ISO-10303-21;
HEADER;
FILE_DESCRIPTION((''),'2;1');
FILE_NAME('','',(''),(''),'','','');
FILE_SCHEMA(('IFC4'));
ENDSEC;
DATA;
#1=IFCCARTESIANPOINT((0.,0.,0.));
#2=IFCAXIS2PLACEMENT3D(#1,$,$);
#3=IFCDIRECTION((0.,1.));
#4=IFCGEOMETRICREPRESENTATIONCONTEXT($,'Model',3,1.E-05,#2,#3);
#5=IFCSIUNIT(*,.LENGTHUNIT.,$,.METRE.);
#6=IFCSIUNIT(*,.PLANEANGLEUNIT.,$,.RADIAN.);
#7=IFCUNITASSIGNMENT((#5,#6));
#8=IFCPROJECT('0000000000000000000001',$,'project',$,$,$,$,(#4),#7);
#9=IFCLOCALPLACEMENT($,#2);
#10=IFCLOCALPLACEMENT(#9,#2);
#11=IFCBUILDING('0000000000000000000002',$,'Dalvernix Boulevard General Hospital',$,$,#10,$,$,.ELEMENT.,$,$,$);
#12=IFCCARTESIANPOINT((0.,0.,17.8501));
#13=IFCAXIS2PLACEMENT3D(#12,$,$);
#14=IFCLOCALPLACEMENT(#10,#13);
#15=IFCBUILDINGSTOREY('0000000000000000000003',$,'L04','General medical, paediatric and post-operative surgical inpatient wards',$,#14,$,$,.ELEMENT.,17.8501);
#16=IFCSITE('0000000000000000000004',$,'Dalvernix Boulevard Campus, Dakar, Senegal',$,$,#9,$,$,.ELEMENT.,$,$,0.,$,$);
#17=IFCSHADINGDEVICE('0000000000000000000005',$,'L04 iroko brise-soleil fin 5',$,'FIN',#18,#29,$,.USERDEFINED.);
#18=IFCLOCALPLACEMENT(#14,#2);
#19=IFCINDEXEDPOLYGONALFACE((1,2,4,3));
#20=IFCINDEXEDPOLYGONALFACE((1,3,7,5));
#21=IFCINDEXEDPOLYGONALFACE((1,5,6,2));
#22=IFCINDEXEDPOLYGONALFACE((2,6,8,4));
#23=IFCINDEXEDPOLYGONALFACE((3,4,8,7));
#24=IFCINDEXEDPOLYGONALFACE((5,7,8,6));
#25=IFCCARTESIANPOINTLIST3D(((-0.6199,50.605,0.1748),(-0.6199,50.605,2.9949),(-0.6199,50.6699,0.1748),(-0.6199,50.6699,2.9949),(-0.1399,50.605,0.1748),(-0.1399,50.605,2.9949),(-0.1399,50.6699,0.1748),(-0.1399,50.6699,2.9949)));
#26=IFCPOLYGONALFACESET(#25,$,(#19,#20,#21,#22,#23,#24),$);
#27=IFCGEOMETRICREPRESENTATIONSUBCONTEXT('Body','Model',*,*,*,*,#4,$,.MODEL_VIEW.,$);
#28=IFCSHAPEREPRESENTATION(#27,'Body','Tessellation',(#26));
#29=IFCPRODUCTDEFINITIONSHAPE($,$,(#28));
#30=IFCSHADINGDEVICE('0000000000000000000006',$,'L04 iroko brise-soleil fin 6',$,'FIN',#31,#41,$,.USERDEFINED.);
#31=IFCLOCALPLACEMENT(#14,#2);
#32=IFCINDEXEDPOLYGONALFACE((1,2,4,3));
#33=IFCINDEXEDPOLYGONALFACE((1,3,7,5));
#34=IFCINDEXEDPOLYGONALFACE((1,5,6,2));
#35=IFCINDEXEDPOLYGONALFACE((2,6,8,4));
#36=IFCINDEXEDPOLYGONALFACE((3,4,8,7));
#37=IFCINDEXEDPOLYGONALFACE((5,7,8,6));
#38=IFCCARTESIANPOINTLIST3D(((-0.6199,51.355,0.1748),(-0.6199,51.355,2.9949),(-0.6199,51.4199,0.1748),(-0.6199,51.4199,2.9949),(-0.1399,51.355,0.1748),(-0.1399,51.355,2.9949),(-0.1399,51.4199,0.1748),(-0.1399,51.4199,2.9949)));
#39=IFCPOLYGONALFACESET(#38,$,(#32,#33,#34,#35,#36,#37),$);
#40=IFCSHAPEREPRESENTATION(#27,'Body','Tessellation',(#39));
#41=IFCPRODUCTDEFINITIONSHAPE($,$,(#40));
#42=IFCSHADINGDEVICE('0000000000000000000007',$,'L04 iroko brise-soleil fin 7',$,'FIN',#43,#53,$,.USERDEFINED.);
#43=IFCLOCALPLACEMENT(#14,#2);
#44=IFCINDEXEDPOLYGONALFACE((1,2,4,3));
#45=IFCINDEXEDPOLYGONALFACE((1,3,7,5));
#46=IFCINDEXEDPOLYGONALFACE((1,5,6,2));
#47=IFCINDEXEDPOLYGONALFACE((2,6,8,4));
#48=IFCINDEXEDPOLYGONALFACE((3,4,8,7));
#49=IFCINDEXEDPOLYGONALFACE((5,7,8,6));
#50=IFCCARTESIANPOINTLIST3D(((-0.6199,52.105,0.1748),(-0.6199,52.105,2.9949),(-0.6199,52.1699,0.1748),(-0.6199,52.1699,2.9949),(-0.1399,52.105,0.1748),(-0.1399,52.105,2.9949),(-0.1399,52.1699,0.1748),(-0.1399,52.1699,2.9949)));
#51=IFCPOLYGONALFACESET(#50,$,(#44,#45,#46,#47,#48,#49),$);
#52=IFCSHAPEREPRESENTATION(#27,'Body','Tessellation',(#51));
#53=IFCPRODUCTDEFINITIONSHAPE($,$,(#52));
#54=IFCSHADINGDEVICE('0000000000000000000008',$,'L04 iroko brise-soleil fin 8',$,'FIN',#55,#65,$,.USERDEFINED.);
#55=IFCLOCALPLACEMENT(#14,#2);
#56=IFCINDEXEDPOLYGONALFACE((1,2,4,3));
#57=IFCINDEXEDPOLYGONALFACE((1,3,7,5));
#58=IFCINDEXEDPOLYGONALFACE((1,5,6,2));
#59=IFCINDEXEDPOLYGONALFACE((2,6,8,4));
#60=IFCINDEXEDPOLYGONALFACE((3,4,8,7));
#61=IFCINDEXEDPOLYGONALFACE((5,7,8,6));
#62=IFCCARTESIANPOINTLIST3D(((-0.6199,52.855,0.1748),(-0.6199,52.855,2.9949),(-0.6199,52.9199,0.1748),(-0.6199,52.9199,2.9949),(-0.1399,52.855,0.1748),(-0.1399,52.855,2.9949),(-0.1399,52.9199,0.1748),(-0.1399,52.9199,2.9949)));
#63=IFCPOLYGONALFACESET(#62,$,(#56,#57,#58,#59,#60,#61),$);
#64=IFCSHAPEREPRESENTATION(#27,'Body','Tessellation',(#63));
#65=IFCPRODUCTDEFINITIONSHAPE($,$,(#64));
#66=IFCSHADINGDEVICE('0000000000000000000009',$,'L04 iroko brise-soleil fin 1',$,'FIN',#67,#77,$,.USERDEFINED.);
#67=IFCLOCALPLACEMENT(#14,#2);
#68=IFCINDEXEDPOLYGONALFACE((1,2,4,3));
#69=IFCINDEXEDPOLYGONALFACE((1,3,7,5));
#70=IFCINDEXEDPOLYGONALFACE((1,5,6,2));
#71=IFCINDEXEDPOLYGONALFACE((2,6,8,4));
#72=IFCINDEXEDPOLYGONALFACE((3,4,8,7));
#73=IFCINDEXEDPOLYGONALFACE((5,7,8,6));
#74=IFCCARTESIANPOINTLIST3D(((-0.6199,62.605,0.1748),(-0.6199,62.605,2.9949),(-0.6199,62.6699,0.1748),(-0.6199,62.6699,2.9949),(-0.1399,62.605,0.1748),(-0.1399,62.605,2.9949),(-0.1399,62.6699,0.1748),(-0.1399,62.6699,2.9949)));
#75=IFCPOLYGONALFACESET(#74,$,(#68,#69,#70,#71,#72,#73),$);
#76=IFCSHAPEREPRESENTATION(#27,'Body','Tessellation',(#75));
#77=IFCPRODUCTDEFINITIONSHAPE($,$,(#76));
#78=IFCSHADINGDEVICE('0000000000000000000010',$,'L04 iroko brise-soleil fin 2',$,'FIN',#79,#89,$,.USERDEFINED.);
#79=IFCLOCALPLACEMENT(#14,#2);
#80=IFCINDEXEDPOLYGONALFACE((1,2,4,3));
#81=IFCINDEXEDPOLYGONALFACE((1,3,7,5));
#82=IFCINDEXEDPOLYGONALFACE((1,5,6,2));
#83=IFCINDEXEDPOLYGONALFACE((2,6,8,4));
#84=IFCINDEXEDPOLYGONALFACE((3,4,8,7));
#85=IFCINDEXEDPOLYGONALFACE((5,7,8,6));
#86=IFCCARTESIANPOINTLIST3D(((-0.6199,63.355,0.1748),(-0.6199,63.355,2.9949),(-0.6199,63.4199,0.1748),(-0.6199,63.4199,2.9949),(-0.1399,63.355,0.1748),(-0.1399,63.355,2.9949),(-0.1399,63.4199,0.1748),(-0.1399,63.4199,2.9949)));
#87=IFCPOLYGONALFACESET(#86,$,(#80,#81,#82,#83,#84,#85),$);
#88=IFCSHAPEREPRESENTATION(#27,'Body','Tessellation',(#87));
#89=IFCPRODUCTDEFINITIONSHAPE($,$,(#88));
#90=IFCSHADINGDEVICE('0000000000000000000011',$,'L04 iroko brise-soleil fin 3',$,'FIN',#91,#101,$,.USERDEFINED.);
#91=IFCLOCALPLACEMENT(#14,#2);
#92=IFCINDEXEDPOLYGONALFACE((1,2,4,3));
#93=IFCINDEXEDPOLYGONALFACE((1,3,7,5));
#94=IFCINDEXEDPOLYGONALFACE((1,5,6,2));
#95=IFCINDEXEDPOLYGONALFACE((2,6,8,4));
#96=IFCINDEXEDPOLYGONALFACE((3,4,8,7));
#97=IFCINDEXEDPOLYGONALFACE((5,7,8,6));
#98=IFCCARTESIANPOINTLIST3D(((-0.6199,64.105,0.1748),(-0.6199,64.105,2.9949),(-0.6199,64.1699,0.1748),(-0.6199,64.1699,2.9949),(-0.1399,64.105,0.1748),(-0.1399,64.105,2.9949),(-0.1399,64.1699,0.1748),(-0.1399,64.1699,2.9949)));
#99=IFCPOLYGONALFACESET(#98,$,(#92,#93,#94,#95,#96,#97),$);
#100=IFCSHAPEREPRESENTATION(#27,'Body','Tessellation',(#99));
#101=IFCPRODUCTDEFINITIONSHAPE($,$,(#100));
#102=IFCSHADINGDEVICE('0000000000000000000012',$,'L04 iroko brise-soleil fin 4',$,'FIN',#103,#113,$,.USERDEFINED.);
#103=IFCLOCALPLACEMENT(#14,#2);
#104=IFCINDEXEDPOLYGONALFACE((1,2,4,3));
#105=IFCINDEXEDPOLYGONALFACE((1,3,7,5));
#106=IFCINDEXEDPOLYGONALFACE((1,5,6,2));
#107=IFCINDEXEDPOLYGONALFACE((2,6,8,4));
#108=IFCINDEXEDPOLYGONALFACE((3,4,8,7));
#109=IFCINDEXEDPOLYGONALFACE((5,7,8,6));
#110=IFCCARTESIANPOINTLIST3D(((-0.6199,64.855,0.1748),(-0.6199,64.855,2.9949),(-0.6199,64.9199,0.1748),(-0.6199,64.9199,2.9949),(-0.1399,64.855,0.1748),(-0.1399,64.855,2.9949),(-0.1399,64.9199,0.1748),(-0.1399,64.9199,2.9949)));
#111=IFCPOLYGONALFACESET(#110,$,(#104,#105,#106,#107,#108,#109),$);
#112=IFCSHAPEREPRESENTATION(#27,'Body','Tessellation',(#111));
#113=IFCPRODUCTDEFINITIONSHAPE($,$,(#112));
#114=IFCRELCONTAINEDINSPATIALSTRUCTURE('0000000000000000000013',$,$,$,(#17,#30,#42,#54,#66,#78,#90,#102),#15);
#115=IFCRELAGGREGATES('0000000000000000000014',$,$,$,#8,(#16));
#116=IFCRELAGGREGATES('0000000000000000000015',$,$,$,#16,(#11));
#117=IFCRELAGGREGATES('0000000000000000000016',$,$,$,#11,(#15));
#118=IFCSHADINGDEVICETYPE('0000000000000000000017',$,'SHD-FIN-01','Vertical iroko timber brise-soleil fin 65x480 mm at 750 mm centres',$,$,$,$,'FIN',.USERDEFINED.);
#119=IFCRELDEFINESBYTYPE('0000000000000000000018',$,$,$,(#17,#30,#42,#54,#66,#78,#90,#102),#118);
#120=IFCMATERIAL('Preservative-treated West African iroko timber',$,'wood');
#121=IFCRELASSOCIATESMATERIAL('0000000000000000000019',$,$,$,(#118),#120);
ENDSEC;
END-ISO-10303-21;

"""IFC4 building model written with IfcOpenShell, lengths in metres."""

from ifc_helpers import new_model, si_unit, direction, frame, origin, origin_2d, place, context, subcontext, project, spatial, rectangle, extrude, material, type_object, element, save


model = new_model("IFC4")

# Units and contexts
model_context = context("Model", 3, precision=1e-05, world=origin(), true_north=direction((0.0, 1.0)))
body_context = subcontext(model_context, "Body", "Model", "MODEL_VIEW")
ifc_project = project(units=[si_unit("LENGTHUNIT", "METRE"), si_unit("PLANEANGLEUNIT", "RADIAN")], contexts=[model_context])

# Site, building, storey
site_placement = place(None, origin())
site = spatial("IfcSite", under=ifc_project, at=site_placement, Name="Dalvernix Boulevard Campus, Dakar, Senegal", CompositionType="ELEMENT", RefElevation=0.0)
building_placement = place(site_placement, origin())
building = spatial("IfcBuilding", under=site, at=building_placement, Name="Dalvernix Boulevard General Hospital", CompositionType="ELEMENT")
storey_placement = place(building_placement, frame((0.0, 0.0, 17.8501)))
storey = spatial("IfcBuildingStorey", under=building, at=storey_placement, Name="L04", Description="General medical, paediatric and post-operative surgical inpatient wards", CompositionType="ELEMENT", Elevation=17.8501)

# Shading devices
ifc_material_1 = material(Name="Preservative-treated West African iroko timber", Category="wood")
shading_device_type = type_object("IfcShadingDeviceType", Name="SHD-FIN-01", Description="Vertical iroko timber brise-soleil fin 65x480 mm at 750 mm centres", ElementType="FIN", PredefinedType="USERDEFINED", material=ifc_material_1)
for number, where, z_axis, x_axis, name in (
    (1, (-0.3799, 50.6375, 0.1748), (0.0, 0.0, 1.0), (0.0, 1.0, 0.0), "L04 iroko brise-soleil fin 5"),
    (2, (-0.3799, 51.3875, 0.1748), (0.0, 0.0, 1.0), (0.0, 1.0, 0.0), "L04 iroko brise-soleil fin 6"),
    (3, (-0.3799, 52.1375, 0.1748), (0.0, 0.0, 1.0), (0.0, 1.0, 0.0), "L04 iroko brise-soleil fin 7"),
    (4, (-0.3799, 52.8875, 0.1748), (0.0, 0.0, 1.0), (0.0, 1.0, 0.0), "L04 iroko brise-soleil fin 8"),
    (5, (-0.3799, 62.6375, 0.1748), (0.0, 0.0, 1.0), (0.0, 1.0, 0.0), "L04 iroko brise-soleil fin 1"),
    (6, (-0.3799, 63.3875, 0.1748), (0.0, 0.0, 1.0), (0.0, 1.0, 0.0), "L04 iroko brise-soleil fin 2"),
    (7, (-0.3799, 64.1375, 0.1748), (0.0, 0.0, 1.0), (0.0, 1.0, 0.0), "L04 iroko brise-soleil fin 3"),
    (8, (-0.3799, 64.8875, 0.1748), (0.0, 0.0, 1.0), (0.0, 1.0, 0.0), "L04 iroko brise-soleil fin 4"),
):
    element("IfcShadingDevice", number, at=place(storey_placement, frame(where, z_axis=z_axis, x_axis=x_axis)), inside=storey, type_object=shading_device_type, Name=name, ObjectType="FIN", PredefinedType="USERDEFINED", context=body_context, shape_type="SweptSolid", body=[
        extrude(rectangle(XDim=0.0649, YDim=0.48, at=origin_2d()), origin(), (0.0, 0.0, 1.0), 2.8201),
    ])

save(model, "model.ifc")
